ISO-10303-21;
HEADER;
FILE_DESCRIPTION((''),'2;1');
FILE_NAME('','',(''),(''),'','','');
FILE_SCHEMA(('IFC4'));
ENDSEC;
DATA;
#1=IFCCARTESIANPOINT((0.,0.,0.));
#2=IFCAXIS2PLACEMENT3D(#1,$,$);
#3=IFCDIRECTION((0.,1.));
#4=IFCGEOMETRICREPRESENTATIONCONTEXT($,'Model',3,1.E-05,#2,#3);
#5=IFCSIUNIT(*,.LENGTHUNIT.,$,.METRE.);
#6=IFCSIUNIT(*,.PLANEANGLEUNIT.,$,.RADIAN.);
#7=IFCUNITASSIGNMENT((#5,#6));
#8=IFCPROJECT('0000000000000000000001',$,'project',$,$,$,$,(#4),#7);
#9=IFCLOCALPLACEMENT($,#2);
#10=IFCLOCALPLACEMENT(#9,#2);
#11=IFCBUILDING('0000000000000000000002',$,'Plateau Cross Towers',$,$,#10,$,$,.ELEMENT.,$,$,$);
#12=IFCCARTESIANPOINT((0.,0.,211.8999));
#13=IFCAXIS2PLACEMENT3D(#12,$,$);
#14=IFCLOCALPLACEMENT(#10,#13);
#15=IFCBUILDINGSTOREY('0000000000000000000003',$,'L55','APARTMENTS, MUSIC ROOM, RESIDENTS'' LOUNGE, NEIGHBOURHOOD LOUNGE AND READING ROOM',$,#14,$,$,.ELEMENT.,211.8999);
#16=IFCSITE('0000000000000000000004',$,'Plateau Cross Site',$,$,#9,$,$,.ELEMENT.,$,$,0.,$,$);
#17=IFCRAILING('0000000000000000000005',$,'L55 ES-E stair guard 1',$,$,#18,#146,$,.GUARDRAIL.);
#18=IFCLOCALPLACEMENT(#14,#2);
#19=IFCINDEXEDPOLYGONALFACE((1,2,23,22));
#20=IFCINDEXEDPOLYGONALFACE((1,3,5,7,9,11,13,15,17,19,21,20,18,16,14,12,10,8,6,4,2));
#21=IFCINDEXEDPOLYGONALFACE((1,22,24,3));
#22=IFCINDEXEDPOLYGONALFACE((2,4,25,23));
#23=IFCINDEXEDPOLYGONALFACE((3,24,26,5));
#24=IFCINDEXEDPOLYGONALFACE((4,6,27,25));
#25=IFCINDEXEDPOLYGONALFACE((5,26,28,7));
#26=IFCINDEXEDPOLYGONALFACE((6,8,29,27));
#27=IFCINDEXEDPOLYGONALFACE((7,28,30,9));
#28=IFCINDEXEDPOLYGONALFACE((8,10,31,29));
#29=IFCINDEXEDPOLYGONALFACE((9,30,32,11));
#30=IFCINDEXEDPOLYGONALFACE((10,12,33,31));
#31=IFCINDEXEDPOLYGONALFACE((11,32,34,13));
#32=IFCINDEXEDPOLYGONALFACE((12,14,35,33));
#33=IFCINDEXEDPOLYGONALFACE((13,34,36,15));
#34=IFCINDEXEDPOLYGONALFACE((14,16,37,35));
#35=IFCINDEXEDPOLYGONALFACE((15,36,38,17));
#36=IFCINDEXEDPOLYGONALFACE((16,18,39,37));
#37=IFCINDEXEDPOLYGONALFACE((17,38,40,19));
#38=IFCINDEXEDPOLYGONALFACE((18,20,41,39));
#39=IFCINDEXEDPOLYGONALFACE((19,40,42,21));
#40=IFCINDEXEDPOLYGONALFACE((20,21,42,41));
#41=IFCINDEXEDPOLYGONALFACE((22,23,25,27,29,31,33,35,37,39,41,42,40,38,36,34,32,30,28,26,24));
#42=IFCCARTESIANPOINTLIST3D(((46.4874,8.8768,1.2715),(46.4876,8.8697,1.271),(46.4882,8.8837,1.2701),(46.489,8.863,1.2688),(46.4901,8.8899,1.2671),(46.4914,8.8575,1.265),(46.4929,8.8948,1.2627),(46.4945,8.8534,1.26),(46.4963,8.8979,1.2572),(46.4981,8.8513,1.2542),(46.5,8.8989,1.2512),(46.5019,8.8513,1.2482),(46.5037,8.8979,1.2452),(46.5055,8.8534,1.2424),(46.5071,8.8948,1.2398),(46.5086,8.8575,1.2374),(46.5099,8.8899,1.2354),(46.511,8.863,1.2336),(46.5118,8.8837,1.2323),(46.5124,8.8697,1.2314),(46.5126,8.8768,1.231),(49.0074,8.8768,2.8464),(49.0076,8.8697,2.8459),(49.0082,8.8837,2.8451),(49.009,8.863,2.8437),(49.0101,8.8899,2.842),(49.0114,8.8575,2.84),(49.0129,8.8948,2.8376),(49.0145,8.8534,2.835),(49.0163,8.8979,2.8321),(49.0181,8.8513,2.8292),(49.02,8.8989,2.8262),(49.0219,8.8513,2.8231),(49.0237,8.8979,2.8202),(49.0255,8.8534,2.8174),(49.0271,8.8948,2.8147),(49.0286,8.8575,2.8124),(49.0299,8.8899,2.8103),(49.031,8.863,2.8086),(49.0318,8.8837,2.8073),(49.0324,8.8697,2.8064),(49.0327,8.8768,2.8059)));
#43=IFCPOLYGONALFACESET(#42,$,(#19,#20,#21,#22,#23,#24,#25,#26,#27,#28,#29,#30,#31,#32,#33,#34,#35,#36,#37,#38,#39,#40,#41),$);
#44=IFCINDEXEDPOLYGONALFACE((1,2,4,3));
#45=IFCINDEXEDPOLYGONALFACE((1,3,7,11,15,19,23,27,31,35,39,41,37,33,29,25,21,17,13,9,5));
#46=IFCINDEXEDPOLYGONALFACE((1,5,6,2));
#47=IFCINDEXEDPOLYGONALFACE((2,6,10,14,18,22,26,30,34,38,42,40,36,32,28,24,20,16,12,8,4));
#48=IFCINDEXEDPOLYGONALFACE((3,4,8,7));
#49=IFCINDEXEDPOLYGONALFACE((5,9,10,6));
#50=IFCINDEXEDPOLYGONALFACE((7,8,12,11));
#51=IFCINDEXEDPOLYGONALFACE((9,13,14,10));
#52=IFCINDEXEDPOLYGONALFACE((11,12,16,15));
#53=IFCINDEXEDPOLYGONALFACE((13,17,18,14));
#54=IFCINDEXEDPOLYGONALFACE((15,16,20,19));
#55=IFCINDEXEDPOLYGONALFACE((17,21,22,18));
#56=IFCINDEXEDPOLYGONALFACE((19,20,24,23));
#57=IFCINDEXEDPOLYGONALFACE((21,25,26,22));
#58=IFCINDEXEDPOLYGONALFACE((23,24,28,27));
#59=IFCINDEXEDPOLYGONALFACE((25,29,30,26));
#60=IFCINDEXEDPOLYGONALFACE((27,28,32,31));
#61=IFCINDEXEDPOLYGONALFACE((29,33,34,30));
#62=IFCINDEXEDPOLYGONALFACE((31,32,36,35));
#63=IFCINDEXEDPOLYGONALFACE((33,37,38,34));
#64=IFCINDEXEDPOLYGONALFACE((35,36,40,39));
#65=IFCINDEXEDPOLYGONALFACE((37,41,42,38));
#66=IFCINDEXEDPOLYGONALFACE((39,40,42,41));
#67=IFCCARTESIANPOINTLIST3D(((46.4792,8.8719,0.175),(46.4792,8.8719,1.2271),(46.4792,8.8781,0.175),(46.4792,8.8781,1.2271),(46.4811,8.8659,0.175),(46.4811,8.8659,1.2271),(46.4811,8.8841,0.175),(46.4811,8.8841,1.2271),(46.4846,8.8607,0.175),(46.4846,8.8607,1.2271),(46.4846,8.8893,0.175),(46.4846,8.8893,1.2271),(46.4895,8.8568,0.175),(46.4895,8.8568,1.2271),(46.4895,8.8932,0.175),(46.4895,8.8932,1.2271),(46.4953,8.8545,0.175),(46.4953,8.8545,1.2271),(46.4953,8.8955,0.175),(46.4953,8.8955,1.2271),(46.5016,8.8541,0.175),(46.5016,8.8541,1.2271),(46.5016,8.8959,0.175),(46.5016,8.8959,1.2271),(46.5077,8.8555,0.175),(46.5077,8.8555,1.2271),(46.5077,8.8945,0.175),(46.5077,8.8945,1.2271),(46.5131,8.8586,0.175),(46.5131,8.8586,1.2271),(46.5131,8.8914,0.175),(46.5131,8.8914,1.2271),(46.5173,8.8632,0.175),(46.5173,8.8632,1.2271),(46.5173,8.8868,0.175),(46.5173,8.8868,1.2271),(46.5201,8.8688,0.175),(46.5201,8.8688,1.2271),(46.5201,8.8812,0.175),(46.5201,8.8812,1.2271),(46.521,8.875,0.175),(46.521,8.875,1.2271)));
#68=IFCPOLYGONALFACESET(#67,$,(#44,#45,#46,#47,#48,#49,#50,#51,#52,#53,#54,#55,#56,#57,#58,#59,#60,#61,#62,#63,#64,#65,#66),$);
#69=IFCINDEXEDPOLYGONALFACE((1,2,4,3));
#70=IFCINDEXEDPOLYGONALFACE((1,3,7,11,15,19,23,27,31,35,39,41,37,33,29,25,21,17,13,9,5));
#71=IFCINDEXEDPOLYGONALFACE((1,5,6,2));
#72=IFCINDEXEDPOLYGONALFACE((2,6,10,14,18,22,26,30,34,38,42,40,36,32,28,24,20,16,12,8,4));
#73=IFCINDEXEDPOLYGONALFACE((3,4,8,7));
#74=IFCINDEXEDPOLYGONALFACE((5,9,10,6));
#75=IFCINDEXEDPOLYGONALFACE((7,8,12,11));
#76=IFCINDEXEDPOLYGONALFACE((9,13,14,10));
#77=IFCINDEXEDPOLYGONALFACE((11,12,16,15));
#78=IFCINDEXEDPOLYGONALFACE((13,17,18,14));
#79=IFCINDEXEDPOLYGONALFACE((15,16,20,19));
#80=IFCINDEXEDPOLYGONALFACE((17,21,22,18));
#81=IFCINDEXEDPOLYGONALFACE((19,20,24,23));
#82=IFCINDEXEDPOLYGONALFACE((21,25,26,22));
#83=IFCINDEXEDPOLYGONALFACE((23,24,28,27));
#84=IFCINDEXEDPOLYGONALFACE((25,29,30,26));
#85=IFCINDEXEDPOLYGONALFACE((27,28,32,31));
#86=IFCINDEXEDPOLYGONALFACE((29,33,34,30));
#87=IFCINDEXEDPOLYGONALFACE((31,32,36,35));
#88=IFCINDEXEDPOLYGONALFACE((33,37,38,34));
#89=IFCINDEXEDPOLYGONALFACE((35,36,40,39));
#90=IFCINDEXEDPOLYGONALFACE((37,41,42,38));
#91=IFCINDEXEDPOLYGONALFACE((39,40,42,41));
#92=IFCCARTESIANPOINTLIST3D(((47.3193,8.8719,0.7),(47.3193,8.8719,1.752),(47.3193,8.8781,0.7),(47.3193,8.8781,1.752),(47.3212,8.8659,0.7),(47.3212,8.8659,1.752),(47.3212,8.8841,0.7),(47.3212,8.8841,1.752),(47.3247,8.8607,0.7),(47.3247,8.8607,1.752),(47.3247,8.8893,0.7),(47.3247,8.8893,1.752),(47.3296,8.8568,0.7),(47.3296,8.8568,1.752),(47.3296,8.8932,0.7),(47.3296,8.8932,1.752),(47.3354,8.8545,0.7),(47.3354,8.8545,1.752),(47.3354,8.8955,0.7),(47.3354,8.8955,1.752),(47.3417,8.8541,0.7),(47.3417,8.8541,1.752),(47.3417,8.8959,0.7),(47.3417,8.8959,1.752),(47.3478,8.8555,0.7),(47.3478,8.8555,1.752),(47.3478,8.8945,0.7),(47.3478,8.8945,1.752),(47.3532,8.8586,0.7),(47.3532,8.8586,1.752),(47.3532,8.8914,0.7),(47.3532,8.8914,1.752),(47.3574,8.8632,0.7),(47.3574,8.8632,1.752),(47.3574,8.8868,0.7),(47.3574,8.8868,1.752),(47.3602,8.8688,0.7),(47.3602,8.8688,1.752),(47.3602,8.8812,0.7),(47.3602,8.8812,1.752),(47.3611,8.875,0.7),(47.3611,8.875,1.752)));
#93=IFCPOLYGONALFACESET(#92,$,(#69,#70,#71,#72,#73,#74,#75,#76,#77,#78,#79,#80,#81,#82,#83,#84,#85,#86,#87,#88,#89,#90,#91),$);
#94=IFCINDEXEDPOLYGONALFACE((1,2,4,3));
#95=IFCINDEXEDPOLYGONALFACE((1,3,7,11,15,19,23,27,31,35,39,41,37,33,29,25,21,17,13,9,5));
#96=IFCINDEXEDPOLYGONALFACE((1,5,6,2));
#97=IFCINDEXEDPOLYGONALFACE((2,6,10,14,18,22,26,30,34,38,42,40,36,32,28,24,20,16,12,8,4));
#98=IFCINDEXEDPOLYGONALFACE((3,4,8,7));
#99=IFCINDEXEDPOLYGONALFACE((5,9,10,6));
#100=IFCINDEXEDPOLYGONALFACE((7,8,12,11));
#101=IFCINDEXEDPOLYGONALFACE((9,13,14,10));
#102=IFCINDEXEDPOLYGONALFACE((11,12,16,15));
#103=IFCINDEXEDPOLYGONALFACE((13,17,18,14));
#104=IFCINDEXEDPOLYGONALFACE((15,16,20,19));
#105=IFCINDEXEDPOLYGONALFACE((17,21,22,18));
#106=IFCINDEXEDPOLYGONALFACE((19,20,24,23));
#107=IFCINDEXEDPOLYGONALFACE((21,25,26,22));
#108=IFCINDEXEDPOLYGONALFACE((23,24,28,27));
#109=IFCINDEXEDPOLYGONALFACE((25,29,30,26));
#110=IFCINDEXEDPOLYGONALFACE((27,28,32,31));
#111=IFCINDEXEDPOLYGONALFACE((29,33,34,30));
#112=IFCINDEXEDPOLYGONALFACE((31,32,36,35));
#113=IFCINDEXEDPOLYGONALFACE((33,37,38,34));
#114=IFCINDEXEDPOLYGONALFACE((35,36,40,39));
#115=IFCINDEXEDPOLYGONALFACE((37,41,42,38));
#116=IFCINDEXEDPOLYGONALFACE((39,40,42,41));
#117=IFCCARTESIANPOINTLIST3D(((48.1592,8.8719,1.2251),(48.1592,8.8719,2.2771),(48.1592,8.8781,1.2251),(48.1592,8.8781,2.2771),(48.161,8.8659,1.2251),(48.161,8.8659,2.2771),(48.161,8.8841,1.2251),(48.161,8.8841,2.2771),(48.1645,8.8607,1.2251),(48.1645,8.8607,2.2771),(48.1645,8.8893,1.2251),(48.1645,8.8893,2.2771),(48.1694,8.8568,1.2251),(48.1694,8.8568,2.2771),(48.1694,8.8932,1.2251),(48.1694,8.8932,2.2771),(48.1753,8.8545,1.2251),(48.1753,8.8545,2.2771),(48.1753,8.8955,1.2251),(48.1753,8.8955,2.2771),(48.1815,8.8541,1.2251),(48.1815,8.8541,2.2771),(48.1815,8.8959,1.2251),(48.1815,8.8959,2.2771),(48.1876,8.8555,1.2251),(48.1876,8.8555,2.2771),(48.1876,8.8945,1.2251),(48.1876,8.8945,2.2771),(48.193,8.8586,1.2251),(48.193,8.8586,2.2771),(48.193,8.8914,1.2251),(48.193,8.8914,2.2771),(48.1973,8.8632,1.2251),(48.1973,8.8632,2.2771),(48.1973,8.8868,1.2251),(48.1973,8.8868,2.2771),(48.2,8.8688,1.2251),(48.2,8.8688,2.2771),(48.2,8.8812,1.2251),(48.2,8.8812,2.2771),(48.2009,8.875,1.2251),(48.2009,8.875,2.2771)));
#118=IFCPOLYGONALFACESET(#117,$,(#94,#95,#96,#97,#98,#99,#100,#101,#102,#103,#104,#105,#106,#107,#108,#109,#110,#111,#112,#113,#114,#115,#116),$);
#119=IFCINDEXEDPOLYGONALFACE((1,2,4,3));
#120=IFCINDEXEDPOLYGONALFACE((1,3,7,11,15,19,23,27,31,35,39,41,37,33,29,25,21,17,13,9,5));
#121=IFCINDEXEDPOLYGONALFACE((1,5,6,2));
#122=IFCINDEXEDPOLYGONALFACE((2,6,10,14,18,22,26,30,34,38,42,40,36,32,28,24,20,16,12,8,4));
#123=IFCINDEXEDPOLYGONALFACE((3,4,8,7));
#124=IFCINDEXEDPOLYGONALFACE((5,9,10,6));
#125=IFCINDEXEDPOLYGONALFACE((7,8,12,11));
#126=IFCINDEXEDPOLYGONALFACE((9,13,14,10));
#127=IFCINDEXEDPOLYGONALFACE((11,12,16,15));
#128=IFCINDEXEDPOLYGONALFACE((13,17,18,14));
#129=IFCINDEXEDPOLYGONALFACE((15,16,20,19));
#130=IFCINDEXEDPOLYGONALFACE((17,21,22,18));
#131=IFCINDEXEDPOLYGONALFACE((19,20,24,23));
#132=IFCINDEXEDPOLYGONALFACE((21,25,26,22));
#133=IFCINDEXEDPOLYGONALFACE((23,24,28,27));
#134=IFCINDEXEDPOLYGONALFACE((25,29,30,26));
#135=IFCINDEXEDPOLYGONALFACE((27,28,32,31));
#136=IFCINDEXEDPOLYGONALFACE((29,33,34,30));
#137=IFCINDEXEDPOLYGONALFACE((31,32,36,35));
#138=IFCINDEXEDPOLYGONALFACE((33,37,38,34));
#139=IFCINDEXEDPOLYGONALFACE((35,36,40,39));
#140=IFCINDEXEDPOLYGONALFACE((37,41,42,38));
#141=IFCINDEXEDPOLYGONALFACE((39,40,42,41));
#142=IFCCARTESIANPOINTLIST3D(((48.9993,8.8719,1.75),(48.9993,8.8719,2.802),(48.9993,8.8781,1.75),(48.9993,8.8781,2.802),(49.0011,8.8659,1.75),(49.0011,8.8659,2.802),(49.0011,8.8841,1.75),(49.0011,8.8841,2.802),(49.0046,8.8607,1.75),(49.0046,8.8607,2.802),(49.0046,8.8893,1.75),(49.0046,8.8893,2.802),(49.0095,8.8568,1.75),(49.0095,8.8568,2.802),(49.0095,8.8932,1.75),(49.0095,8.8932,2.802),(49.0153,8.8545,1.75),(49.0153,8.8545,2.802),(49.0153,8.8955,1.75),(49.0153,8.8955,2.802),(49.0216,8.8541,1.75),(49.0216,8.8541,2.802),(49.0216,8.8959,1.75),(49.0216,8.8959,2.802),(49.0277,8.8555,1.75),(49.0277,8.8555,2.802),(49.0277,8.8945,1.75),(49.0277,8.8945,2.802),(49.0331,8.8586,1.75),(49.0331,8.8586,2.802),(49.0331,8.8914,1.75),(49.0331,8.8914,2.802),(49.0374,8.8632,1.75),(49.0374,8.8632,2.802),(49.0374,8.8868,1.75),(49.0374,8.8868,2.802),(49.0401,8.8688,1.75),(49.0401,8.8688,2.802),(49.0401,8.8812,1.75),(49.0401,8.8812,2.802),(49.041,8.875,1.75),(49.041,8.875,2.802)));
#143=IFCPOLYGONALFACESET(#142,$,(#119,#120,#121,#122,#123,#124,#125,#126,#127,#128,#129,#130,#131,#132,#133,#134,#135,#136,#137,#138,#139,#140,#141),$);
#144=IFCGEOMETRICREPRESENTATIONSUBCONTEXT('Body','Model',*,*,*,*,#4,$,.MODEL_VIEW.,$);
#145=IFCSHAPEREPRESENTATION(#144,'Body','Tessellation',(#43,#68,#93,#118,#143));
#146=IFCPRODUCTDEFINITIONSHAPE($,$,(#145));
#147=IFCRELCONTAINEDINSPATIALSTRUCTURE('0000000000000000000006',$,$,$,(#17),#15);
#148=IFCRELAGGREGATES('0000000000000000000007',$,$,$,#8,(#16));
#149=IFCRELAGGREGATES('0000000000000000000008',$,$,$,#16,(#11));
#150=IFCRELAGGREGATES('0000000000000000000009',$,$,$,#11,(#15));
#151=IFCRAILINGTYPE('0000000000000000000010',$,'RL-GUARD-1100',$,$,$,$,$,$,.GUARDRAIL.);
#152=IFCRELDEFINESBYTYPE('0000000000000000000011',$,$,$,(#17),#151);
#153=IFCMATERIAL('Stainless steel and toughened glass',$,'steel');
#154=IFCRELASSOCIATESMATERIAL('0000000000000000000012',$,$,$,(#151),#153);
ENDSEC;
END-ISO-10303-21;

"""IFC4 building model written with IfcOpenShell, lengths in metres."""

from ifc_helpers import new_model, si_unit, direction, frame, origin, origin_2d, place, context, subcontext, project, spatial, circle, extrude, material, type_object, element, save


model = new_model("IFC4")

# Units and contexts
model_context = context("Model", 3, precision=1e-05, world=origin(), true_north=direction((0.0, 1.0)))
body_context = subcontext(model_context, "Body", "Model", "MODEL_VIEW")
ifc_project = project(units=[si_unit("LENGTHUNIT", "METRE"), si_unit("PLANEANGLEUNIT", "RADIAN")], contexts=[model_context])

# Site, building, storey
site_placement = place(None, origin())
site = spatial("IfcSite", under=ifc_project, at=site_placement, Name="Plateau Cross Site", CompositionType="ELEMENT", RefElevation=0.0)
building_placement = place(site_placement, origin())
building = spatial("IfcBuilding", under=site, at=building_placement, Name="Plateau Cross Towers", CompositionType="ELEMENT")
storey_placement = place(building_placement, frame((0.0, 0.0, 211.8999)))
storey = spatial("IfcBuildingStorey", under=building, at=storey_placement, Name="L55", Description="APARTMENTS, MUSIC ROOM, RESIDENTS' LOUNGE, NEIGHBOURHOOD LOUNGE AND READING ROOM", CompositionType="ELEMENT", Elevation=211.8999)

# Railing
ifc_material_1 = material(Name="Stainless steel and toughened glass", Category="steel")
railing_type_1 = type_object("IfcRailingType", Name="RL-GUARD-1100", PredefinedType="GUARDRAIL", material=ifc_material_1)
railing_1_placement = place(storey_placement, frame((46.5, 8.875, 0.175)))
element("IfcRailing", 1, at=railing_1_placement, inside=storey, type_object=railing_type_1, Name="L55 ES-E stair guard 1", PredefinedType="GUARDRAIL", context=body_context, shape_type="SweptSolid", body=[
    extrude(circle(Radius=0.0239, at=origin_2d()), frame((0.0, 0.0, 1.0762), z_axis=(0.848008, 0.0, 0.529984), x_axis=(0.0, 1.0, 0.0)), (0.0, 0.0, 1.0), 2.9717),
    extrude(circle(Radius=0.021, at=origin_2d()), origin(), (0.0, 0.0, 1.0), 1.052),
    extrude(circle(Radius=0.021, at=origin_2d()), frame((0.8401, 0.0, 0.5249)), (0.0, 0.0, 1.0), 1.052),
    extrude(circle(Radius=0.021, at=origin_2d()), frame((1.6799, 0.0, 1.05)), (0.0, 0.0, 1.0), 1.052),
    extrude(circle(Radius=0.021, at=origin_2d()), frame((2.52, 0.0, 1.575)), (0.0, 0.0, 1.0), 1.052),
])

save(model, "model.ifc")
